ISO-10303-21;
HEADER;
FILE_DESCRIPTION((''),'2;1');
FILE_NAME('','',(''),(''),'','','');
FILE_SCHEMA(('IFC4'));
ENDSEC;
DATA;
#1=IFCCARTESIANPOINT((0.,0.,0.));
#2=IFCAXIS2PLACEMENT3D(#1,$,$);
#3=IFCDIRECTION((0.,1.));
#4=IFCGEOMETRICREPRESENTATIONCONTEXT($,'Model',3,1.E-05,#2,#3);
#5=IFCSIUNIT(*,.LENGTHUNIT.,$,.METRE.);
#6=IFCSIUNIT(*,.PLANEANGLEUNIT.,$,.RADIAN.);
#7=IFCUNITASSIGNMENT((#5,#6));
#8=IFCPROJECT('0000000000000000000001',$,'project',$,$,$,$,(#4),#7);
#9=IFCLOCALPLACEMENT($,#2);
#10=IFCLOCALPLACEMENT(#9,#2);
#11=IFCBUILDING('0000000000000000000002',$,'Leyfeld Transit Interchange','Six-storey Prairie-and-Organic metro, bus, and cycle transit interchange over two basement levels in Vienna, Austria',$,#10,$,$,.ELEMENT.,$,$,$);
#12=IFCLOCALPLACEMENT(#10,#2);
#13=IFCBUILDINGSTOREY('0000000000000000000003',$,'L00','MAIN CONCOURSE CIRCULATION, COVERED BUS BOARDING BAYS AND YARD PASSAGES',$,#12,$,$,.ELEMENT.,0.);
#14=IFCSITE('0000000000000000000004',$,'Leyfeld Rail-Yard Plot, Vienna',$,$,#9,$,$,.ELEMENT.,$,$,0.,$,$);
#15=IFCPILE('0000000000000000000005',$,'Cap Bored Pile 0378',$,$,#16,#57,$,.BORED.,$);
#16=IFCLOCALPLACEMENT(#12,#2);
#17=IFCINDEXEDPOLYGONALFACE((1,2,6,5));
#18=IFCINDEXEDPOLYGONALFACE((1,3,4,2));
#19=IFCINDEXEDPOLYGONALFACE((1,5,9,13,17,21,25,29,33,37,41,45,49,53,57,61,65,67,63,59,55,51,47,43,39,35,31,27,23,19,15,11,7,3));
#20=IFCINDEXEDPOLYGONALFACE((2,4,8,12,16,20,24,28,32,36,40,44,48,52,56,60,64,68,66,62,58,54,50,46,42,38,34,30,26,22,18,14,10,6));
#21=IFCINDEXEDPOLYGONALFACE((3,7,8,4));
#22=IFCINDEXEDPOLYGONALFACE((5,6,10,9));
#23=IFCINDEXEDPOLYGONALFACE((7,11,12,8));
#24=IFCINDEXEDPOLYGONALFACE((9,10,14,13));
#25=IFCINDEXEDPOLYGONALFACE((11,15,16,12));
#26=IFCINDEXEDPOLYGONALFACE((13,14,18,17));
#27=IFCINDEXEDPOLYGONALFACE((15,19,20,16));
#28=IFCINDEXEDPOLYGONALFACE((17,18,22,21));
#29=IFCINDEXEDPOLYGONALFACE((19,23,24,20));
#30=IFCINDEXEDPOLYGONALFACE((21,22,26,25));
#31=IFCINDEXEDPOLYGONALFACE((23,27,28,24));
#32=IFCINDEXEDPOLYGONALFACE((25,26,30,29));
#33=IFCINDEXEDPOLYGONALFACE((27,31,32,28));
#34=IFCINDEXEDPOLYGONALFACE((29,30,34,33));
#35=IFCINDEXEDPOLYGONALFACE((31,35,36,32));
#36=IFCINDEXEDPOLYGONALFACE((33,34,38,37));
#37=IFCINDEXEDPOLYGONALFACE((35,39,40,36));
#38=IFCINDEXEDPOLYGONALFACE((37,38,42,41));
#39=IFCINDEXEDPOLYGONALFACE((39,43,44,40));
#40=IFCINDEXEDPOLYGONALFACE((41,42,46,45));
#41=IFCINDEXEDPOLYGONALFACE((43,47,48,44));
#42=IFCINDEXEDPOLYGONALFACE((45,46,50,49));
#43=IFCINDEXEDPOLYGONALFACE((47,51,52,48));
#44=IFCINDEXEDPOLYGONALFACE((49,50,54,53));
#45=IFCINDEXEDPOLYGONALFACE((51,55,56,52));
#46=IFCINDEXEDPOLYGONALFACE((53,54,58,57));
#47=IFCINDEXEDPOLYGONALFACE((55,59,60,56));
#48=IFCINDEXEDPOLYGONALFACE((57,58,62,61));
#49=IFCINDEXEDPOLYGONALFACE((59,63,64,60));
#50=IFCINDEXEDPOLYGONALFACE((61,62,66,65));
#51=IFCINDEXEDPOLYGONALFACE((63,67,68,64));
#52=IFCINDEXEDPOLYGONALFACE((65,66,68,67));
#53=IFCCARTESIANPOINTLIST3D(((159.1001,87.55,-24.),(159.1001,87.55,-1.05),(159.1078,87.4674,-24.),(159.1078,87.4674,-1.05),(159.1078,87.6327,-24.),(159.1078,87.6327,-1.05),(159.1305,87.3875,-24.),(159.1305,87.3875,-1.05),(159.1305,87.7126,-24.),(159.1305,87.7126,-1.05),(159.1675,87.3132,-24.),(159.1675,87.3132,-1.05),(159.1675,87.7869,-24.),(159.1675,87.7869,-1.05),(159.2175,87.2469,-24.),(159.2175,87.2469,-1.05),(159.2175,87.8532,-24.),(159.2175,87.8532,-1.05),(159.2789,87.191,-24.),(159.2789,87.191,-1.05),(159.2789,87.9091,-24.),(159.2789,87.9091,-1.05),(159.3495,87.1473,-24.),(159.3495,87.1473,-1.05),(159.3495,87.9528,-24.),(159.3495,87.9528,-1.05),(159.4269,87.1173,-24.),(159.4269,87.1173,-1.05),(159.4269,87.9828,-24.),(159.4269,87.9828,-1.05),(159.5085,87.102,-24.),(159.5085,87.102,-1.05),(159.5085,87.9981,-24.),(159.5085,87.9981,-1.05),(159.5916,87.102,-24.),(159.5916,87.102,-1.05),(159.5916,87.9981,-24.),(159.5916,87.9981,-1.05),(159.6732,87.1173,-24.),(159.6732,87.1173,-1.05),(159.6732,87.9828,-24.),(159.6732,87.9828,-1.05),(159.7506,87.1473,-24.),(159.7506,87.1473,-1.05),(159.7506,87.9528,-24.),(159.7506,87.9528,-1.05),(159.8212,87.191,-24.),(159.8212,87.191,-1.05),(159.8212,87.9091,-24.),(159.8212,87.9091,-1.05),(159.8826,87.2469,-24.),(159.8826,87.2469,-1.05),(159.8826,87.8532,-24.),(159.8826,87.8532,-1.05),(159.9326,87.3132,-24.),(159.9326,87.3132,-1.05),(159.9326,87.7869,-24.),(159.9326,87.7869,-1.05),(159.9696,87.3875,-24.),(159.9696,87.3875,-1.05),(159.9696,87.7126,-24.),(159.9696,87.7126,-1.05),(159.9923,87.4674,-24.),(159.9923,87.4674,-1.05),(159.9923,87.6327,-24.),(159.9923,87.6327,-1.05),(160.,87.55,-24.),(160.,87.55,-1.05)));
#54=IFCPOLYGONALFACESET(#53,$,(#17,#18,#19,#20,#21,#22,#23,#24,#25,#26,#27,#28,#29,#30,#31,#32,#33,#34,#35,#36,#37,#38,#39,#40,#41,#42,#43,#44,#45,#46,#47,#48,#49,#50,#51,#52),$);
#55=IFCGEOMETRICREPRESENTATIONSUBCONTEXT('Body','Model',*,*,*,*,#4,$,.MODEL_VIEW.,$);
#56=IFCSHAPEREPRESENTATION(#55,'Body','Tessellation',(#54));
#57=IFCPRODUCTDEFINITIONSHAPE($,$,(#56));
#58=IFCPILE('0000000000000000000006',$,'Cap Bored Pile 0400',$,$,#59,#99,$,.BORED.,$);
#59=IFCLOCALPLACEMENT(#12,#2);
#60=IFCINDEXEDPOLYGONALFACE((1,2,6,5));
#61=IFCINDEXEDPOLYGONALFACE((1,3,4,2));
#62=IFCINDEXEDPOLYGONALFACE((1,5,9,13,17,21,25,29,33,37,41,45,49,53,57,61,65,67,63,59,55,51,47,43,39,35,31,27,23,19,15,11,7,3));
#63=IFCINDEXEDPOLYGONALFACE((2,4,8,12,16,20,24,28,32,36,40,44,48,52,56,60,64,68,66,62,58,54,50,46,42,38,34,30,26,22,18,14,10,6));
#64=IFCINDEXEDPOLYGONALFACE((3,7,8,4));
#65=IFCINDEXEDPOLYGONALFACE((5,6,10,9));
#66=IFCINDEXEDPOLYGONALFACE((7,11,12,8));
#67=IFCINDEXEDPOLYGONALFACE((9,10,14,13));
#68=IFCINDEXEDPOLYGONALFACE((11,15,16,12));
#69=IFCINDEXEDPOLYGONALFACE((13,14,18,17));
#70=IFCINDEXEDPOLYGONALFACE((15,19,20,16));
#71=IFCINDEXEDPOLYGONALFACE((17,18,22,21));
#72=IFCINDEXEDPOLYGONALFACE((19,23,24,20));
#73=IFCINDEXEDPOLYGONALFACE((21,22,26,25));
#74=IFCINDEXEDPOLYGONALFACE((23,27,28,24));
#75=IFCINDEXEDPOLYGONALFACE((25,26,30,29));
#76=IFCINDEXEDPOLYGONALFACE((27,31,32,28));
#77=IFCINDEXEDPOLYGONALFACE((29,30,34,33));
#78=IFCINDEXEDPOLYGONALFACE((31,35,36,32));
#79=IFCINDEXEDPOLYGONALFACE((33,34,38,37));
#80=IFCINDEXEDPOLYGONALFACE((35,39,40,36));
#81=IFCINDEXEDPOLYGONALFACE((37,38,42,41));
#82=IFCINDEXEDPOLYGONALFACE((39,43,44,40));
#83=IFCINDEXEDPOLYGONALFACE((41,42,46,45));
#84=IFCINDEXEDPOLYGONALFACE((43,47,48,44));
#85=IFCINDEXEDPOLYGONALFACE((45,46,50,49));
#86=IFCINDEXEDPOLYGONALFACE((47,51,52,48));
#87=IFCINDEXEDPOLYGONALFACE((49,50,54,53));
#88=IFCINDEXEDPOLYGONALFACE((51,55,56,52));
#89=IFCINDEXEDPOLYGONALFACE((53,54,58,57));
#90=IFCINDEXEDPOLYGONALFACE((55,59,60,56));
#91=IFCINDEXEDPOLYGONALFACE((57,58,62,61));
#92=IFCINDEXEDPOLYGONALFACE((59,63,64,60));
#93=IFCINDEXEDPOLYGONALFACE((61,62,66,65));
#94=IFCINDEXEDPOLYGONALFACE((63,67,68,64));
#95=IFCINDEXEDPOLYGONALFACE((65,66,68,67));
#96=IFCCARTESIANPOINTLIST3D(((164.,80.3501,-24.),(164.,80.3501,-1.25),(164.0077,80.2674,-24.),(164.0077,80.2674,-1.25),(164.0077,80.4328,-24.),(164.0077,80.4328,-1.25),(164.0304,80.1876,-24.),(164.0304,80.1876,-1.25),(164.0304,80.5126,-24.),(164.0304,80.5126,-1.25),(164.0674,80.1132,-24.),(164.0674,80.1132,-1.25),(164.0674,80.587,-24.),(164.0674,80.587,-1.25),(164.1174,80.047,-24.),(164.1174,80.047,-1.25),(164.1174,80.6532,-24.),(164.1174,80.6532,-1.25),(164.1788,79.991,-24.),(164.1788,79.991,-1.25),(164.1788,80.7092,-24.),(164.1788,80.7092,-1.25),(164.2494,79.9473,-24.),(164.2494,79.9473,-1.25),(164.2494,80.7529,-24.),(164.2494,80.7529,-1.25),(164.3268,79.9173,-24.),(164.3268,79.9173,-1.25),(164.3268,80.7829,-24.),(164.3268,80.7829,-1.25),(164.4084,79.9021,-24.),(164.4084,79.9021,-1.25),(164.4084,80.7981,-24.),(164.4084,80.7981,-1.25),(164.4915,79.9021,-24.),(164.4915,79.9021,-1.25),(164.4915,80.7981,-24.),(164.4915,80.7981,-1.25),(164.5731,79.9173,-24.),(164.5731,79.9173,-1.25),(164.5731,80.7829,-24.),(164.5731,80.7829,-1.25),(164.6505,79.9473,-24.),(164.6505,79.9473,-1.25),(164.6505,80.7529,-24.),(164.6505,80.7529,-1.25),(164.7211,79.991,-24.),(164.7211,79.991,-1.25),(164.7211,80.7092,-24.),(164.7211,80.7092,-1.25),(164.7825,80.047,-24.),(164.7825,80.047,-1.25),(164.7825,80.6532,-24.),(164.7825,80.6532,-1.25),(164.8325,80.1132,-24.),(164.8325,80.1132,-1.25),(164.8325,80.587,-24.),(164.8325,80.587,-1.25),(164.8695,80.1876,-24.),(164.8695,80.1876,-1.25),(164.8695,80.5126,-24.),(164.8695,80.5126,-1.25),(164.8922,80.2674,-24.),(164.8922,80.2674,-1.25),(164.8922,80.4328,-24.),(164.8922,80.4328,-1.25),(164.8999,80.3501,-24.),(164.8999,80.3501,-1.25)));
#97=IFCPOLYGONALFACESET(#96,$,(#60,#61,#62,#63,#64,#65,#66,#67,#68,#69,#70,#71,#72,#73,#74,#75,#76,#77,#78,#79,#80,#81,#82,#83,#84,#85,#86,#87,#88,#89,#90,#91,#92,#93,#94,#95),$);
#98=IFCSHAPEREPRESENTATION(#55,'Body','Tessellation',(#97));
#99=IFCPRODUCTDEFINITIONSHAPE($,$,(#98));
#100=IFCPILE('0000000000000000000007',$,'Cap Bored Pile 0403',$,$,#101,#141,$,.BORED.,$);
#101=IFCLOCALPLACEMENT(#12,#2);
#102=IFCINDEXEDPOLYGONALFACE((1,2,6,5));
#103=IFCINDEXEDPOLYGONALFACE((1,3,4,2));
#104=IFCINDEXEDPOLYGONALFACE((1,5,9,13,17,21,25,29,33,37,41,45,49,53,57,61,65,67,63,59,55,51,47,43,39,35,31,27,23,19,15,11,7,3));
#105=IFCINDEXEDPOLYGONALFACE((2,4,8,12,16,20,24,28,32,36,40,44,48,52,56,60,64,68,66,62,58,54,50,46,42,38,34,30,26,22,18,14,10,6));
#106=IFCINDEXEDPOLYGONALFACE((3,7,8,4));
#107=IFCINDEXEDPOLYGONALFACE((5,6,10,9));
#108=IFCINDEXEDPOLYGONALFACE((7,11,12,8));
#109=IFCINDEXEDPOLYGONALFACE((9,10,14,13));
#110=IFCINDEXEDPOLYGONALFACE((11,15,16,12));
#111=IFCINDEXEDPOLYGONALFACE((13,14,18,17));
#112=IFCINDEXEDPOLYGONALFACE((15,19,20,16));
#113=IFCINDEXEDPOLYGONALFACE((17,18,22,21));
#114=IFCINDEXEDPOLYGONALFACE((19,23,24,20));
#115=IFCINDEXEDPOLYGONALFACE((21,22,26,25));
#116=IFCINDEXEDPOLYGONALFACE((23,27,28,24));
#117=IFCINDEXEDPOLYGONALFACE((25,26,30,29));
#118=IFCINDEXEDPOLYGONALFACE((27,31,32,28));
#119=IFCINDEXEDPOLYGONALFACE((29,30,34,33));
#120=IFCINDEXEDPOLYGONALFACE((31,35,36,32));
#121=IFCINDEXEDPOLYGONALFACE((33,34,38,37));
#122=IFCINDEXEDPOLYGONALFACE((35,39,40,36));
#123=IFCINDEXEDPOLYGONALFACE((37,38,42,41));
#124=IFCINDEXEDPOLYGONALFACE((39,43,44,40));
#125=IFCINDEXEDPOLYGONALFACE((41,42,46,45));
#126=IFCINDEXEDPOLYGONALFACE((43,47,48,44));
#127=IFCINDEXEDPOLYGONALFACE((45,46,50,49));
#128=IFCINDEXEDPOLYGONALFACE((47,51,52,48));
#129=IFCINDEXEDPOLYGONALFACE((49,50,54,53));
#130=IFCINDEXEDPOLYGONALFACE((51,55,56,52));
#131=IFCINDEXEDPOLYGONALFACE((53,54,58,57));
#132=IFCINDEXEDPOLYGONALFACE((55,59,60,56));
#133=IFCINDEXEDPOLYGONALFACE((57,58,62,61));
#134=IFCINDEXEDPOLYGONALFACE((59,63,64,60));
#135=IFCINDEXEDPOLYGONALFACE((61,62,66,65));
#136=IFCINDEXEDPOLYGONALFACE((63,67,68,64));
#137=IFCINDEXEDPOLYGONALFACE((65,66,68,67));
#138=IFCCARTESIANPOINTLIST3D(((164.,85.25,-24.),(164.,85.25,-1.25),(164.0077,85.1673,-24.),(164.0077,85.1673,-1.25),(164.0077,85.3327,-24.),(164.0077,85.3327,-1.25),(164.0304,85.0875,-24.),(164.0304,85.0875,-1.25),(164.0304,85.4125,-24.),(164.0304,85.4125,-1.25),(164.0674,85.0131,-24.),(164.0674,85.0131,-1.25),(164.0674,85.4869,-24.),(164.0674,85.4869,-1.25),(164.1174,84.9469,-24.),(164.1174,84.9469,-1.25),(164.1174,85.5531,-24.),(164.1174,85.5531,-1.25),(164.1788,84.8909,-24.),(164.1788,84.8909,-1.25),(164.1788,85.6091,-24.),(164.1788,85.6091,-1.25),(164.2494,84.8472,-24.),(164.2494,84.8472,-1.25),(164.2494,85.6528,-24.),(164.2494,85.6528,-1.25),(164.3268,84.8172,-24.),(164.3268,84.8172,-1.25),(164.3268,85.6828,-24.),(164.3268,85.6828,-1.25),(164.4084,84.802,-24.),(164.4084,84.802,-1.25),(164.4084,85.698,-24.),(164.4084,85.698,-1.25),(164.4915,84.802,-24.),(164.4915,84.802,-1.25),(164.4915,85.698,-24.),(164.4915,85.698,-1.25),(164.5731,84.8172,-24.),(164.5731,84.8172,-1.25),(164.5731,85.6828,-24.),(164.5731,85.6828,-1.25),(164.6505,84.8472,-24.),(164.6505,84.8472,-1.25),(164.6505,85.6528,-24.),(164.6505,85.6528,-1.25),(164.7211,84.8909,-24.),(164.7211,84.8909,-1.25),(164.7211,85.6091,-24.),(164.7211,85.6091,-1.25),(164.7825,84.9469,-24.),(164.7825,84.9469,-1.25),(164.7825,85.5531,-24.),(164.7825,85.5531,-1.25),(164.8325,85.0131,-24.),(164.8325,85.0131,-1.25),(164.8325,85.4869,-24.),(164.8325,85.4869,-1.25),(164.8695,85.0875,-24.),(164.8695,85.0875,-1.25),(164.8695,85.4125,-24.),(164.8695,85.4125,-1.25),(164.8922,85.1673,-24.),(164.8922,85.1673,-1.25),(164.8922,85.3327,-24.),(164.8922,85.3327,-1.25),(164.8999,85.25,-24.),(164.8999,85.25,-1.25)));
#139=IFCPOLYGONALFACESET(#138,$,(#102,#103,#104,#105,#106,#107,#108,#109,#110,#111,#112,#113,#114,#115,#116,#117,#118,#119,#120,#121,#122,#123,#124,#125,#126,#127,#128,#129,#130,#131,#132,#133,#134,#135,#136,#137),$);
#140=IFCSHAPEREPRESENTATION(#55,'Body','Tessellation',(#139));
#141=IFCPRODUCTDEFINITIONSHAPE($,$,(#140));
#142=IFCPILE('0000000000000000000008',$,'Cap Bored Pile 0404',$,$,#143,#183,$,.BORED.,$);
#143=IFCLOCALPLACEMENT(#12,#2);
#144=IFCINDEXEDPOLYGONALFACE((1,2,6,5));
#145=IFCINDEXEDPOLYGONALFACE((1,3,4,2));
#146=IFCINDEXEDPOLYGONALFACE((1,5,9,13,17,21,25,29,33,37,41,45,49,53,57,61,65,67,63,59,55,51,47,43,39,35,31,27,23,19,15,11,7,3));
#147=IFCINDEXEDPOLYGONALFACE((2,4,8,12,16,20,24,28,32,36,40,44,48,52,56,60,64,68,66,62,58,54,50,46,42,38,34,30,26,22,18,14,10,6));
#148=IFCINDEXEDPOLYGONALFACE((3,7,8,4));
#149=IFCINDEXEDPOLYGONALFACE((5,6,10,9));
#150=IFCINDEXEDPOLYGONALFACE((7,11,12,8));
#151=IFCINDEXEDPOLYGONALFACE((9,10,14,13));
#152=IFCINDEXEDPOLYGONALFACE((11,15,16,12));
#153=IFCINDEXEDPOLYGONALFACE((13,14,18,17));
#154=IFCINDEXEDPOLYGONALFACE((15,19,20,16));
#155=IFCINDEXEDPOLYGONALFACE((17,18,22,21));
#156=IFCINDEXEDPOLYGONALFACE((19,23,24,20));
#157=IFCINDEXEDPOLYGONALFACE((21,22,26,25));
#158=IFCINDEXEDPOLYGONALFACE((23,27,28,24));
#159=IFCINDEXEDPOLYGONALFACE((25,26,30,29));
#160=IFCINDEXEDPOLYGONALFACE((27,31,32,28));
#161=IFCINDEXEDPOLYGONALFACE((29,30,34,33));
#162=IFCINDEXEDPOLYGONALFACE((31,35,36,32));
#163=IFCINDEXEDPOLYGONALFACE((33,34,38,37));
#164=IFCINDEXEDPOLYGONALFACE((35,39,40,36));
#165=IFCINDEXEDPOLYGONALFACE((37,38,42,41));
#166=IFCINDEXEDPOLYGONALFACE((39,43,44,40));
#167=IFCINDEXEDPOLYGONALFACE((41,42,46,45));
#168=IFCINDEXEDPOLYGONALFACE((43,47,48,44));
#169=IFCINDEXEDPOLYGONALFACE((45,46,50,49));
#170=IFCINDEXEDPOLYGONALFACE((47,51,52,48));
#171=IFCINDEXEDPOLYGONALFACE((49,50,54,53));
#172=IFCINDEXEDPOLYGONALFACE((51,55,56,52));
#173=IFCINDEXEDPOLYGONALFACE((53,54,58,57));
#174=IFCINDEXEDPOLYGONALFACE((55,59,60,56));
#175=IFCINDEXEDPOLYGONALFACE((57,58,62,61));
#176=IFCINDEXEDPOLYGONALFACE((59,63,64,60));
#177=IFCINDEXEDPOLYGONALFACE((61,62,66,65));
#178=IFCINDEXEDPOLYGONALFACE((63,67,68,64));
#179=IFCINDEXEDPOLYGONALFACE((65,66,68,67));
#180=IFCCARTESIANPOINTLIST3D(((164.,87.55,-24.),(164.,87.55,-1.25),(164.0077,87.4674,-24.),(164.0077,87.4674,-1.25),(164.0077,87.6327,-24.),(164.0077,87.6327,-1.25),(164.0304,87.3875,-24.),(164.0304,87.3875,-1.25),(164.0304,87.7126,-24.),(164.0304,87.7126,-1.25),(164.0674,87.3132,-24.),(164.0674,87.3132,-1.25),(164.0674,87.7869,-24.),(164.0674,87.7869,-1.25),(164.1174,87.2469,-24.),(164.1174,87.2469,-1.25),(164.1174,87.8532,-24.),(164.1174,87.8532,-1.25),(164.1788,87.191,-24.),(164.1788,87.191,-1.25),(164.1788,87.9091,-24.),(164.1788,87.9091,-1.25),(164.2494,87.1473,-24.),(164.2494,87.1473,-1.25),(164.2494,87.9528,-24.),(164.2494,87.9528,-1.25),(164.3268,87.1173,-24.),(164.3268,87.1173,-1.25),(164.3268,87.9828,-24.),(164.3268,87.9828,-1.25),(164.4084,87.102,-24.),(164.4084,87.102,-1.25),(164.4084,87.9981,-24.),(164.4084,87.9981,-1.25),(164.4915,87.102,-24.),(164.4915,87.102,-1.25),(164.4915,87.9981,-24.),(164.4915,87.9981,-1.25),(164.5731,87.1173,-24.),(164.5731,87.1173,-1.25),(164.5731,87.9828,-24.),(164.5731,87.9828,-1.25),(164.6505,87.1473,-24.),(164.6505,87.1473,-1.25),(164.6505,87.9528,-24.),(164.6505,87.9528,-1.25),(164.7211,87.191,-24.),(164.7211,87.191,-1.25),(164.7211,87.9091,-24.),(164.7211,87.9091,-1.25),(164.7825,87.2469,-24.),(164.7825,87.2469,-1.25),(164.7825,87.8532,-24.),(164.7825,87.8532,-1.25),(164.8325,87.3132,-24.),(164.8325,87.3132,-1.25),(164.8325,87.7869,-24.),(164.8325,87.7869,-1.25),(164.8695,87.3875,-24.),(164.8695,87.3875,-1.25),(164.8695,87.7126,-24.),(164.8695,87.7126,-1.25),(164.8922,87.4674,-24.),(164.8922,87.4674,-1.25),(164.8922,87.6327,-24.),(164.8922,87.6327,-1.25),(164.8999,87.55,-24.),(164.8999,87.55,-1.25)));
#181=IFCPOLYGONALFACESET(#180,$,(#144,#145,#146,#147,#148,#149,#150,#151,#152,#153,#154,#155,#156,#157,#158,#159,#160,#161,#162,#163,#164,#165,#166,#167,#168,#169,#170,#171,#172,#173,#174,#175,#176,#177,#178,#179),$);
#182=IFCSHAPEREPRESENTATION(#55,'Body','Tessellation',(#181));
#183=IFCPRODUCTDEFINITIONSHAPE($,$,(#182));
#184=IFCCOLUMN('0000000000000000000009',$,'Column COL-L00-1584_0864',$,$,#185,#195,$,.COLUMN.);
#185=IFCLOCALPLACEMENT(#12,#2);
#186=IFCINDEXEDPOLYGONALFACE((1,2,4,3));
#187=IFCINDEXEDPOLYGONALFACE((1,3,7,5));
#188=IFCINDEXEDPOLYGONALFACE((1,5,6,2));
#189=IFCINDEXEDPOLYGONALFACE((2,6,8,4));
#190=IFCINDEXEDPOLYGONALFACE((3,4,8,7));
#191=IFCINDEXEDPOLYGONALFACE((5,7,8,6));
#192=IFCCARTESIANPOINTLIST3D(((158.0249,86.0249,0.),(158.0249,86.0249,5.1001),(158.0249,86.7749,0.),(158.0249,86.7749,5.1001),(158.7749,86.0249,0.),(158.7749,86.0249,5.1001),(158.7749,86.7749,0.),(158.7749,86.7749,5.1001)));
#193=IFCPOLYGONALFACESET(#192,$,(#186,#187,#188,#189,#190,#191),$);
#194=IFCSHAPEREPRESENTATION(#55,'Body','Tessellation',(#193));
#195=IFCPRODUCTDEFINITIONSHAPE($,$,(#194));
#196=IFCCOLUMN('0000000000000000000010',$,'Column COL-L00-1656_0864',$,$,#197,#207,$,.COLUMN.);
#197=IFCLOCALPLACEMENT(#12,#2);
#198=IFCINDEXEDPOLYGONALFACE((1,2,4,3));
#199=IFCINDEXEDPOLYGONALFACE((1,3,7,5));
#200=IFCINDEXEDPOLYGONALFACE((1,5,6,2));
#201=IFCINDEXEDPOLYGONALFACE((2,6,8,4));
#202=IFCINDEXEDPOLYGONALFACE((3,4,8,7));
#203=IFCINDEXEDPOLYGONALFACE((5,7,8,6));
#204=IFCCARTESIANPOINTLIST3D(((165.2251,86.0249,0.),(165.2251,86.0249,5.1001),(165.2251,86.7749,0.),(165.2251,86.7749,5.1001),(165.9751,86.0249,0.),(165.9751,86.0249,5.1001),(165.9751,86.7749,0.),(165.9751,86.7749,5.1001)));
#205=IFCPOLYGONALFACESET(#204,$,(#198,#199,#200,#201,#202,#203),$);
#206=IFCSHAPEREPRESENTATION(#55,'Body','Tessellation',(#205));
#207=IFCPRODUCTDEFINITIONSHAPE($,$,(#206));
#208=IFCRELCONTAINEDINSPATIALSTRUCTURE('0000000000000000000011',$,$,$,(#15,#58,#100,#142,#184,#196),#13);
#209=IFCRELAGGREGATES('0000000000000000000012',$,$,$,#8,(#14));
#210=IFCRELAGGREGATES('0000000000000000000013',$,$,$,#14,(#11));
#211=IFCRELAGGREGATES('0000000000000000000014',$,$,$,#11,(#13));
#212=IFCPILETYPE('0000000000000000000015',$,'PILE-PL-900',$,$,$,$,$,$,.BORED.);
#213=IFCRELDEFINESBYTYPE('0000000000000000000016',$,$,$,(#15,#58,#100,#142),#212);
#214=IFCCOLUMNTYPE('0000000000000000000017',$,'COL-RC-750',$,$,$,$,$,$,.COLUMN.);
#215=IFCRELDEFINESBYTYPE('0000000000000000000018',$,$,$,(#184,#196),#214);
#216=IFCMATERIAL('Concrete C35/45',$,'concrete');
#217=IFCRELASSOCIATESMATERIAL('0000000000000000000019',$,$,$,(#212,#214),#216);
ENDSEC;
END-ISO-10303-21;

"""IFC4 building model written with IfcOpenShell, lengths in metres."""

from ifc_helpers import new_model, si_unit, direction, frame, origin, origin_2d, place, context, subcontext, project, spatial, rectangle, circle, extrude, material, material_profile, profile_set, type_object, element, save


model = new_model("IFC4")

# Units and contexts
model_context = context("Model", 3, precision=1e-05, world=origin(), true_north=direction((0.0, 1.0)))
body_context = subcontext(model_context, "Body", "Model", "MODEL_VIEW")
ifc_project = project(units=[si_unit("LENGTHUNIT", "METRE"), si_unit("PLANEANGLEUNIT", "RADIAN")], contexts=[model_context])

# Site, building, storey
site_placement = place(None, origin())
site = spatial("IfcSite", under=ifc_project, at=site_placement, Name="Leyfeld Rail-Yard Plot, Vienna", CompositionType="ELEMENT", RefElevation=0.0)
building_placement = place(site_placement, origin())
building = spatial("IfcBuilding", under=site, at=building_placement, Name="Leyfeld Transit Interchange", Description="Six-storey Prairie-and-Organic metro, bus, and cycle transit interchange over two basement levels in Vienna, Austria", CompositionType="ELEMENT")
storey_placement = place(building_placement, origin())
storey = spatial("IfcBuildingStorey", under=building, at=storey_placement, Name="L00", Description="MAIN CONCOURSE CIRCULATION, COVERED BUS BOARDING BAYS AND YARD PASSAGES", CompositionType="ELEMENT", Elevation=0.0)

# Shared definitions
ifc_material_1 = material(Name="Concrete C35/45", Category="concrete")

# Piles
ifc_material_profile_1 = material_profile(ifc_material_1, circle(Radius=0.45, at=origin_2d()), Name="PILE D900")
ifc_profile_set_1 = profile_set([ifc_material_profile_1], Name="Concrete C35/45")
pile_type = type_object("IfcPileType", Name="PILE-PL-900", PredefinedType="BORED", material=ifc_profile_set_1)
for number, where, z_axis, x_axis, name in (
    (1, (159.55, 87.55, -1.05), (0.0, 0.0, -1.0), (1.0, 0.0, 0.0), "Cap Bored Pile 0378"),
):
    element("IfcPile", number, at=place(storey_placement, frame(where, z_axis=z_axis, x_axis=x_axis)), inside=storey, type_object=pile_type, Name=name, PredefinedType="BORED", context=body_context, shape_type="SweptSolid", body=[
        extrude(circle(Radius=0.45, at=origin_2d()), origin(), (0.0, 0.0, 1.0), 22.95),
    ])
for number, where, z_axis, x_axis, name in (
    (2, (164.45, 80.3501, -1.25), (0.0, 0.0, -1.0), (1.0, 0.0, 0.0), "Cap Bored Pile 0400"),
    (3, (164.45, 85.25, -1.25), (0.0, 0.0, -1.0), (1.0, 0.0, 0.0), "Cap Bored Pile 0403"),
    (4, (164.45, 87.55, -1.25), (0.0, 0.0, -1.0), (1.0, 0.0, 0.0), "Cap Bored Pile 0404"),
):
    element("IfcPile", number, at=place(storey_placement, frame(where, z_axis=z_axis, x_axis=x_axis)), inside=storey, type_object=pile_type, Name=name, PredefinedType="BORED", context=body_context, shape_type="SweptSolid", body=[
        extrude(circle(Radius=0.45, at=origin_2d()), origin(), (0.0, 0.0, 1.0), 22.75),
    ])

# Columns
ifc_material_profile_2 = material_profile(ifc_material_1, rectangle(XDim=0.75, YDim=0.75, at=origin_2d()), Name="RC 750x750")
ifc_profile_set_2 = profile_set([ifc_material_profile_2], Name="Concrete C35/45")
column_type = type_object("IfcColumnType", Name="COL-RC-750", PredefinedType="COLUMN", material=ifc_profile_set_2)
for number, where, z_axis, x_axis, name in (
    (5, (158.3999, 86.3999, 0.0), (0.0, 0.0, 1.0), (1.0, 0.0, 0.0), "Column COL-L00-1584_0864"),
    (6, (165.6001, 86.3999, 0.0), (0.0, 0.0, 1.0), (1.0, 0.0, 0.0), "Column COL-L00-1656_0864"),
):
    element("IfcColumn", number, at=place(storey_placement, frame(where, z_axis=z_axis, x_axis=x_axis)), inside=storey, type_object=column_type, Name=name, PredefinedType="COLUMN", context=body_context, shape_type="SweptSolid", body=[
        extrude(rectangle(XDim=0.75, YDim=0.75, at=origin_2d()), origin(), (0.0, 0.0, 1.0), 5.1001),
    ])

save(model, "model.ifc")
